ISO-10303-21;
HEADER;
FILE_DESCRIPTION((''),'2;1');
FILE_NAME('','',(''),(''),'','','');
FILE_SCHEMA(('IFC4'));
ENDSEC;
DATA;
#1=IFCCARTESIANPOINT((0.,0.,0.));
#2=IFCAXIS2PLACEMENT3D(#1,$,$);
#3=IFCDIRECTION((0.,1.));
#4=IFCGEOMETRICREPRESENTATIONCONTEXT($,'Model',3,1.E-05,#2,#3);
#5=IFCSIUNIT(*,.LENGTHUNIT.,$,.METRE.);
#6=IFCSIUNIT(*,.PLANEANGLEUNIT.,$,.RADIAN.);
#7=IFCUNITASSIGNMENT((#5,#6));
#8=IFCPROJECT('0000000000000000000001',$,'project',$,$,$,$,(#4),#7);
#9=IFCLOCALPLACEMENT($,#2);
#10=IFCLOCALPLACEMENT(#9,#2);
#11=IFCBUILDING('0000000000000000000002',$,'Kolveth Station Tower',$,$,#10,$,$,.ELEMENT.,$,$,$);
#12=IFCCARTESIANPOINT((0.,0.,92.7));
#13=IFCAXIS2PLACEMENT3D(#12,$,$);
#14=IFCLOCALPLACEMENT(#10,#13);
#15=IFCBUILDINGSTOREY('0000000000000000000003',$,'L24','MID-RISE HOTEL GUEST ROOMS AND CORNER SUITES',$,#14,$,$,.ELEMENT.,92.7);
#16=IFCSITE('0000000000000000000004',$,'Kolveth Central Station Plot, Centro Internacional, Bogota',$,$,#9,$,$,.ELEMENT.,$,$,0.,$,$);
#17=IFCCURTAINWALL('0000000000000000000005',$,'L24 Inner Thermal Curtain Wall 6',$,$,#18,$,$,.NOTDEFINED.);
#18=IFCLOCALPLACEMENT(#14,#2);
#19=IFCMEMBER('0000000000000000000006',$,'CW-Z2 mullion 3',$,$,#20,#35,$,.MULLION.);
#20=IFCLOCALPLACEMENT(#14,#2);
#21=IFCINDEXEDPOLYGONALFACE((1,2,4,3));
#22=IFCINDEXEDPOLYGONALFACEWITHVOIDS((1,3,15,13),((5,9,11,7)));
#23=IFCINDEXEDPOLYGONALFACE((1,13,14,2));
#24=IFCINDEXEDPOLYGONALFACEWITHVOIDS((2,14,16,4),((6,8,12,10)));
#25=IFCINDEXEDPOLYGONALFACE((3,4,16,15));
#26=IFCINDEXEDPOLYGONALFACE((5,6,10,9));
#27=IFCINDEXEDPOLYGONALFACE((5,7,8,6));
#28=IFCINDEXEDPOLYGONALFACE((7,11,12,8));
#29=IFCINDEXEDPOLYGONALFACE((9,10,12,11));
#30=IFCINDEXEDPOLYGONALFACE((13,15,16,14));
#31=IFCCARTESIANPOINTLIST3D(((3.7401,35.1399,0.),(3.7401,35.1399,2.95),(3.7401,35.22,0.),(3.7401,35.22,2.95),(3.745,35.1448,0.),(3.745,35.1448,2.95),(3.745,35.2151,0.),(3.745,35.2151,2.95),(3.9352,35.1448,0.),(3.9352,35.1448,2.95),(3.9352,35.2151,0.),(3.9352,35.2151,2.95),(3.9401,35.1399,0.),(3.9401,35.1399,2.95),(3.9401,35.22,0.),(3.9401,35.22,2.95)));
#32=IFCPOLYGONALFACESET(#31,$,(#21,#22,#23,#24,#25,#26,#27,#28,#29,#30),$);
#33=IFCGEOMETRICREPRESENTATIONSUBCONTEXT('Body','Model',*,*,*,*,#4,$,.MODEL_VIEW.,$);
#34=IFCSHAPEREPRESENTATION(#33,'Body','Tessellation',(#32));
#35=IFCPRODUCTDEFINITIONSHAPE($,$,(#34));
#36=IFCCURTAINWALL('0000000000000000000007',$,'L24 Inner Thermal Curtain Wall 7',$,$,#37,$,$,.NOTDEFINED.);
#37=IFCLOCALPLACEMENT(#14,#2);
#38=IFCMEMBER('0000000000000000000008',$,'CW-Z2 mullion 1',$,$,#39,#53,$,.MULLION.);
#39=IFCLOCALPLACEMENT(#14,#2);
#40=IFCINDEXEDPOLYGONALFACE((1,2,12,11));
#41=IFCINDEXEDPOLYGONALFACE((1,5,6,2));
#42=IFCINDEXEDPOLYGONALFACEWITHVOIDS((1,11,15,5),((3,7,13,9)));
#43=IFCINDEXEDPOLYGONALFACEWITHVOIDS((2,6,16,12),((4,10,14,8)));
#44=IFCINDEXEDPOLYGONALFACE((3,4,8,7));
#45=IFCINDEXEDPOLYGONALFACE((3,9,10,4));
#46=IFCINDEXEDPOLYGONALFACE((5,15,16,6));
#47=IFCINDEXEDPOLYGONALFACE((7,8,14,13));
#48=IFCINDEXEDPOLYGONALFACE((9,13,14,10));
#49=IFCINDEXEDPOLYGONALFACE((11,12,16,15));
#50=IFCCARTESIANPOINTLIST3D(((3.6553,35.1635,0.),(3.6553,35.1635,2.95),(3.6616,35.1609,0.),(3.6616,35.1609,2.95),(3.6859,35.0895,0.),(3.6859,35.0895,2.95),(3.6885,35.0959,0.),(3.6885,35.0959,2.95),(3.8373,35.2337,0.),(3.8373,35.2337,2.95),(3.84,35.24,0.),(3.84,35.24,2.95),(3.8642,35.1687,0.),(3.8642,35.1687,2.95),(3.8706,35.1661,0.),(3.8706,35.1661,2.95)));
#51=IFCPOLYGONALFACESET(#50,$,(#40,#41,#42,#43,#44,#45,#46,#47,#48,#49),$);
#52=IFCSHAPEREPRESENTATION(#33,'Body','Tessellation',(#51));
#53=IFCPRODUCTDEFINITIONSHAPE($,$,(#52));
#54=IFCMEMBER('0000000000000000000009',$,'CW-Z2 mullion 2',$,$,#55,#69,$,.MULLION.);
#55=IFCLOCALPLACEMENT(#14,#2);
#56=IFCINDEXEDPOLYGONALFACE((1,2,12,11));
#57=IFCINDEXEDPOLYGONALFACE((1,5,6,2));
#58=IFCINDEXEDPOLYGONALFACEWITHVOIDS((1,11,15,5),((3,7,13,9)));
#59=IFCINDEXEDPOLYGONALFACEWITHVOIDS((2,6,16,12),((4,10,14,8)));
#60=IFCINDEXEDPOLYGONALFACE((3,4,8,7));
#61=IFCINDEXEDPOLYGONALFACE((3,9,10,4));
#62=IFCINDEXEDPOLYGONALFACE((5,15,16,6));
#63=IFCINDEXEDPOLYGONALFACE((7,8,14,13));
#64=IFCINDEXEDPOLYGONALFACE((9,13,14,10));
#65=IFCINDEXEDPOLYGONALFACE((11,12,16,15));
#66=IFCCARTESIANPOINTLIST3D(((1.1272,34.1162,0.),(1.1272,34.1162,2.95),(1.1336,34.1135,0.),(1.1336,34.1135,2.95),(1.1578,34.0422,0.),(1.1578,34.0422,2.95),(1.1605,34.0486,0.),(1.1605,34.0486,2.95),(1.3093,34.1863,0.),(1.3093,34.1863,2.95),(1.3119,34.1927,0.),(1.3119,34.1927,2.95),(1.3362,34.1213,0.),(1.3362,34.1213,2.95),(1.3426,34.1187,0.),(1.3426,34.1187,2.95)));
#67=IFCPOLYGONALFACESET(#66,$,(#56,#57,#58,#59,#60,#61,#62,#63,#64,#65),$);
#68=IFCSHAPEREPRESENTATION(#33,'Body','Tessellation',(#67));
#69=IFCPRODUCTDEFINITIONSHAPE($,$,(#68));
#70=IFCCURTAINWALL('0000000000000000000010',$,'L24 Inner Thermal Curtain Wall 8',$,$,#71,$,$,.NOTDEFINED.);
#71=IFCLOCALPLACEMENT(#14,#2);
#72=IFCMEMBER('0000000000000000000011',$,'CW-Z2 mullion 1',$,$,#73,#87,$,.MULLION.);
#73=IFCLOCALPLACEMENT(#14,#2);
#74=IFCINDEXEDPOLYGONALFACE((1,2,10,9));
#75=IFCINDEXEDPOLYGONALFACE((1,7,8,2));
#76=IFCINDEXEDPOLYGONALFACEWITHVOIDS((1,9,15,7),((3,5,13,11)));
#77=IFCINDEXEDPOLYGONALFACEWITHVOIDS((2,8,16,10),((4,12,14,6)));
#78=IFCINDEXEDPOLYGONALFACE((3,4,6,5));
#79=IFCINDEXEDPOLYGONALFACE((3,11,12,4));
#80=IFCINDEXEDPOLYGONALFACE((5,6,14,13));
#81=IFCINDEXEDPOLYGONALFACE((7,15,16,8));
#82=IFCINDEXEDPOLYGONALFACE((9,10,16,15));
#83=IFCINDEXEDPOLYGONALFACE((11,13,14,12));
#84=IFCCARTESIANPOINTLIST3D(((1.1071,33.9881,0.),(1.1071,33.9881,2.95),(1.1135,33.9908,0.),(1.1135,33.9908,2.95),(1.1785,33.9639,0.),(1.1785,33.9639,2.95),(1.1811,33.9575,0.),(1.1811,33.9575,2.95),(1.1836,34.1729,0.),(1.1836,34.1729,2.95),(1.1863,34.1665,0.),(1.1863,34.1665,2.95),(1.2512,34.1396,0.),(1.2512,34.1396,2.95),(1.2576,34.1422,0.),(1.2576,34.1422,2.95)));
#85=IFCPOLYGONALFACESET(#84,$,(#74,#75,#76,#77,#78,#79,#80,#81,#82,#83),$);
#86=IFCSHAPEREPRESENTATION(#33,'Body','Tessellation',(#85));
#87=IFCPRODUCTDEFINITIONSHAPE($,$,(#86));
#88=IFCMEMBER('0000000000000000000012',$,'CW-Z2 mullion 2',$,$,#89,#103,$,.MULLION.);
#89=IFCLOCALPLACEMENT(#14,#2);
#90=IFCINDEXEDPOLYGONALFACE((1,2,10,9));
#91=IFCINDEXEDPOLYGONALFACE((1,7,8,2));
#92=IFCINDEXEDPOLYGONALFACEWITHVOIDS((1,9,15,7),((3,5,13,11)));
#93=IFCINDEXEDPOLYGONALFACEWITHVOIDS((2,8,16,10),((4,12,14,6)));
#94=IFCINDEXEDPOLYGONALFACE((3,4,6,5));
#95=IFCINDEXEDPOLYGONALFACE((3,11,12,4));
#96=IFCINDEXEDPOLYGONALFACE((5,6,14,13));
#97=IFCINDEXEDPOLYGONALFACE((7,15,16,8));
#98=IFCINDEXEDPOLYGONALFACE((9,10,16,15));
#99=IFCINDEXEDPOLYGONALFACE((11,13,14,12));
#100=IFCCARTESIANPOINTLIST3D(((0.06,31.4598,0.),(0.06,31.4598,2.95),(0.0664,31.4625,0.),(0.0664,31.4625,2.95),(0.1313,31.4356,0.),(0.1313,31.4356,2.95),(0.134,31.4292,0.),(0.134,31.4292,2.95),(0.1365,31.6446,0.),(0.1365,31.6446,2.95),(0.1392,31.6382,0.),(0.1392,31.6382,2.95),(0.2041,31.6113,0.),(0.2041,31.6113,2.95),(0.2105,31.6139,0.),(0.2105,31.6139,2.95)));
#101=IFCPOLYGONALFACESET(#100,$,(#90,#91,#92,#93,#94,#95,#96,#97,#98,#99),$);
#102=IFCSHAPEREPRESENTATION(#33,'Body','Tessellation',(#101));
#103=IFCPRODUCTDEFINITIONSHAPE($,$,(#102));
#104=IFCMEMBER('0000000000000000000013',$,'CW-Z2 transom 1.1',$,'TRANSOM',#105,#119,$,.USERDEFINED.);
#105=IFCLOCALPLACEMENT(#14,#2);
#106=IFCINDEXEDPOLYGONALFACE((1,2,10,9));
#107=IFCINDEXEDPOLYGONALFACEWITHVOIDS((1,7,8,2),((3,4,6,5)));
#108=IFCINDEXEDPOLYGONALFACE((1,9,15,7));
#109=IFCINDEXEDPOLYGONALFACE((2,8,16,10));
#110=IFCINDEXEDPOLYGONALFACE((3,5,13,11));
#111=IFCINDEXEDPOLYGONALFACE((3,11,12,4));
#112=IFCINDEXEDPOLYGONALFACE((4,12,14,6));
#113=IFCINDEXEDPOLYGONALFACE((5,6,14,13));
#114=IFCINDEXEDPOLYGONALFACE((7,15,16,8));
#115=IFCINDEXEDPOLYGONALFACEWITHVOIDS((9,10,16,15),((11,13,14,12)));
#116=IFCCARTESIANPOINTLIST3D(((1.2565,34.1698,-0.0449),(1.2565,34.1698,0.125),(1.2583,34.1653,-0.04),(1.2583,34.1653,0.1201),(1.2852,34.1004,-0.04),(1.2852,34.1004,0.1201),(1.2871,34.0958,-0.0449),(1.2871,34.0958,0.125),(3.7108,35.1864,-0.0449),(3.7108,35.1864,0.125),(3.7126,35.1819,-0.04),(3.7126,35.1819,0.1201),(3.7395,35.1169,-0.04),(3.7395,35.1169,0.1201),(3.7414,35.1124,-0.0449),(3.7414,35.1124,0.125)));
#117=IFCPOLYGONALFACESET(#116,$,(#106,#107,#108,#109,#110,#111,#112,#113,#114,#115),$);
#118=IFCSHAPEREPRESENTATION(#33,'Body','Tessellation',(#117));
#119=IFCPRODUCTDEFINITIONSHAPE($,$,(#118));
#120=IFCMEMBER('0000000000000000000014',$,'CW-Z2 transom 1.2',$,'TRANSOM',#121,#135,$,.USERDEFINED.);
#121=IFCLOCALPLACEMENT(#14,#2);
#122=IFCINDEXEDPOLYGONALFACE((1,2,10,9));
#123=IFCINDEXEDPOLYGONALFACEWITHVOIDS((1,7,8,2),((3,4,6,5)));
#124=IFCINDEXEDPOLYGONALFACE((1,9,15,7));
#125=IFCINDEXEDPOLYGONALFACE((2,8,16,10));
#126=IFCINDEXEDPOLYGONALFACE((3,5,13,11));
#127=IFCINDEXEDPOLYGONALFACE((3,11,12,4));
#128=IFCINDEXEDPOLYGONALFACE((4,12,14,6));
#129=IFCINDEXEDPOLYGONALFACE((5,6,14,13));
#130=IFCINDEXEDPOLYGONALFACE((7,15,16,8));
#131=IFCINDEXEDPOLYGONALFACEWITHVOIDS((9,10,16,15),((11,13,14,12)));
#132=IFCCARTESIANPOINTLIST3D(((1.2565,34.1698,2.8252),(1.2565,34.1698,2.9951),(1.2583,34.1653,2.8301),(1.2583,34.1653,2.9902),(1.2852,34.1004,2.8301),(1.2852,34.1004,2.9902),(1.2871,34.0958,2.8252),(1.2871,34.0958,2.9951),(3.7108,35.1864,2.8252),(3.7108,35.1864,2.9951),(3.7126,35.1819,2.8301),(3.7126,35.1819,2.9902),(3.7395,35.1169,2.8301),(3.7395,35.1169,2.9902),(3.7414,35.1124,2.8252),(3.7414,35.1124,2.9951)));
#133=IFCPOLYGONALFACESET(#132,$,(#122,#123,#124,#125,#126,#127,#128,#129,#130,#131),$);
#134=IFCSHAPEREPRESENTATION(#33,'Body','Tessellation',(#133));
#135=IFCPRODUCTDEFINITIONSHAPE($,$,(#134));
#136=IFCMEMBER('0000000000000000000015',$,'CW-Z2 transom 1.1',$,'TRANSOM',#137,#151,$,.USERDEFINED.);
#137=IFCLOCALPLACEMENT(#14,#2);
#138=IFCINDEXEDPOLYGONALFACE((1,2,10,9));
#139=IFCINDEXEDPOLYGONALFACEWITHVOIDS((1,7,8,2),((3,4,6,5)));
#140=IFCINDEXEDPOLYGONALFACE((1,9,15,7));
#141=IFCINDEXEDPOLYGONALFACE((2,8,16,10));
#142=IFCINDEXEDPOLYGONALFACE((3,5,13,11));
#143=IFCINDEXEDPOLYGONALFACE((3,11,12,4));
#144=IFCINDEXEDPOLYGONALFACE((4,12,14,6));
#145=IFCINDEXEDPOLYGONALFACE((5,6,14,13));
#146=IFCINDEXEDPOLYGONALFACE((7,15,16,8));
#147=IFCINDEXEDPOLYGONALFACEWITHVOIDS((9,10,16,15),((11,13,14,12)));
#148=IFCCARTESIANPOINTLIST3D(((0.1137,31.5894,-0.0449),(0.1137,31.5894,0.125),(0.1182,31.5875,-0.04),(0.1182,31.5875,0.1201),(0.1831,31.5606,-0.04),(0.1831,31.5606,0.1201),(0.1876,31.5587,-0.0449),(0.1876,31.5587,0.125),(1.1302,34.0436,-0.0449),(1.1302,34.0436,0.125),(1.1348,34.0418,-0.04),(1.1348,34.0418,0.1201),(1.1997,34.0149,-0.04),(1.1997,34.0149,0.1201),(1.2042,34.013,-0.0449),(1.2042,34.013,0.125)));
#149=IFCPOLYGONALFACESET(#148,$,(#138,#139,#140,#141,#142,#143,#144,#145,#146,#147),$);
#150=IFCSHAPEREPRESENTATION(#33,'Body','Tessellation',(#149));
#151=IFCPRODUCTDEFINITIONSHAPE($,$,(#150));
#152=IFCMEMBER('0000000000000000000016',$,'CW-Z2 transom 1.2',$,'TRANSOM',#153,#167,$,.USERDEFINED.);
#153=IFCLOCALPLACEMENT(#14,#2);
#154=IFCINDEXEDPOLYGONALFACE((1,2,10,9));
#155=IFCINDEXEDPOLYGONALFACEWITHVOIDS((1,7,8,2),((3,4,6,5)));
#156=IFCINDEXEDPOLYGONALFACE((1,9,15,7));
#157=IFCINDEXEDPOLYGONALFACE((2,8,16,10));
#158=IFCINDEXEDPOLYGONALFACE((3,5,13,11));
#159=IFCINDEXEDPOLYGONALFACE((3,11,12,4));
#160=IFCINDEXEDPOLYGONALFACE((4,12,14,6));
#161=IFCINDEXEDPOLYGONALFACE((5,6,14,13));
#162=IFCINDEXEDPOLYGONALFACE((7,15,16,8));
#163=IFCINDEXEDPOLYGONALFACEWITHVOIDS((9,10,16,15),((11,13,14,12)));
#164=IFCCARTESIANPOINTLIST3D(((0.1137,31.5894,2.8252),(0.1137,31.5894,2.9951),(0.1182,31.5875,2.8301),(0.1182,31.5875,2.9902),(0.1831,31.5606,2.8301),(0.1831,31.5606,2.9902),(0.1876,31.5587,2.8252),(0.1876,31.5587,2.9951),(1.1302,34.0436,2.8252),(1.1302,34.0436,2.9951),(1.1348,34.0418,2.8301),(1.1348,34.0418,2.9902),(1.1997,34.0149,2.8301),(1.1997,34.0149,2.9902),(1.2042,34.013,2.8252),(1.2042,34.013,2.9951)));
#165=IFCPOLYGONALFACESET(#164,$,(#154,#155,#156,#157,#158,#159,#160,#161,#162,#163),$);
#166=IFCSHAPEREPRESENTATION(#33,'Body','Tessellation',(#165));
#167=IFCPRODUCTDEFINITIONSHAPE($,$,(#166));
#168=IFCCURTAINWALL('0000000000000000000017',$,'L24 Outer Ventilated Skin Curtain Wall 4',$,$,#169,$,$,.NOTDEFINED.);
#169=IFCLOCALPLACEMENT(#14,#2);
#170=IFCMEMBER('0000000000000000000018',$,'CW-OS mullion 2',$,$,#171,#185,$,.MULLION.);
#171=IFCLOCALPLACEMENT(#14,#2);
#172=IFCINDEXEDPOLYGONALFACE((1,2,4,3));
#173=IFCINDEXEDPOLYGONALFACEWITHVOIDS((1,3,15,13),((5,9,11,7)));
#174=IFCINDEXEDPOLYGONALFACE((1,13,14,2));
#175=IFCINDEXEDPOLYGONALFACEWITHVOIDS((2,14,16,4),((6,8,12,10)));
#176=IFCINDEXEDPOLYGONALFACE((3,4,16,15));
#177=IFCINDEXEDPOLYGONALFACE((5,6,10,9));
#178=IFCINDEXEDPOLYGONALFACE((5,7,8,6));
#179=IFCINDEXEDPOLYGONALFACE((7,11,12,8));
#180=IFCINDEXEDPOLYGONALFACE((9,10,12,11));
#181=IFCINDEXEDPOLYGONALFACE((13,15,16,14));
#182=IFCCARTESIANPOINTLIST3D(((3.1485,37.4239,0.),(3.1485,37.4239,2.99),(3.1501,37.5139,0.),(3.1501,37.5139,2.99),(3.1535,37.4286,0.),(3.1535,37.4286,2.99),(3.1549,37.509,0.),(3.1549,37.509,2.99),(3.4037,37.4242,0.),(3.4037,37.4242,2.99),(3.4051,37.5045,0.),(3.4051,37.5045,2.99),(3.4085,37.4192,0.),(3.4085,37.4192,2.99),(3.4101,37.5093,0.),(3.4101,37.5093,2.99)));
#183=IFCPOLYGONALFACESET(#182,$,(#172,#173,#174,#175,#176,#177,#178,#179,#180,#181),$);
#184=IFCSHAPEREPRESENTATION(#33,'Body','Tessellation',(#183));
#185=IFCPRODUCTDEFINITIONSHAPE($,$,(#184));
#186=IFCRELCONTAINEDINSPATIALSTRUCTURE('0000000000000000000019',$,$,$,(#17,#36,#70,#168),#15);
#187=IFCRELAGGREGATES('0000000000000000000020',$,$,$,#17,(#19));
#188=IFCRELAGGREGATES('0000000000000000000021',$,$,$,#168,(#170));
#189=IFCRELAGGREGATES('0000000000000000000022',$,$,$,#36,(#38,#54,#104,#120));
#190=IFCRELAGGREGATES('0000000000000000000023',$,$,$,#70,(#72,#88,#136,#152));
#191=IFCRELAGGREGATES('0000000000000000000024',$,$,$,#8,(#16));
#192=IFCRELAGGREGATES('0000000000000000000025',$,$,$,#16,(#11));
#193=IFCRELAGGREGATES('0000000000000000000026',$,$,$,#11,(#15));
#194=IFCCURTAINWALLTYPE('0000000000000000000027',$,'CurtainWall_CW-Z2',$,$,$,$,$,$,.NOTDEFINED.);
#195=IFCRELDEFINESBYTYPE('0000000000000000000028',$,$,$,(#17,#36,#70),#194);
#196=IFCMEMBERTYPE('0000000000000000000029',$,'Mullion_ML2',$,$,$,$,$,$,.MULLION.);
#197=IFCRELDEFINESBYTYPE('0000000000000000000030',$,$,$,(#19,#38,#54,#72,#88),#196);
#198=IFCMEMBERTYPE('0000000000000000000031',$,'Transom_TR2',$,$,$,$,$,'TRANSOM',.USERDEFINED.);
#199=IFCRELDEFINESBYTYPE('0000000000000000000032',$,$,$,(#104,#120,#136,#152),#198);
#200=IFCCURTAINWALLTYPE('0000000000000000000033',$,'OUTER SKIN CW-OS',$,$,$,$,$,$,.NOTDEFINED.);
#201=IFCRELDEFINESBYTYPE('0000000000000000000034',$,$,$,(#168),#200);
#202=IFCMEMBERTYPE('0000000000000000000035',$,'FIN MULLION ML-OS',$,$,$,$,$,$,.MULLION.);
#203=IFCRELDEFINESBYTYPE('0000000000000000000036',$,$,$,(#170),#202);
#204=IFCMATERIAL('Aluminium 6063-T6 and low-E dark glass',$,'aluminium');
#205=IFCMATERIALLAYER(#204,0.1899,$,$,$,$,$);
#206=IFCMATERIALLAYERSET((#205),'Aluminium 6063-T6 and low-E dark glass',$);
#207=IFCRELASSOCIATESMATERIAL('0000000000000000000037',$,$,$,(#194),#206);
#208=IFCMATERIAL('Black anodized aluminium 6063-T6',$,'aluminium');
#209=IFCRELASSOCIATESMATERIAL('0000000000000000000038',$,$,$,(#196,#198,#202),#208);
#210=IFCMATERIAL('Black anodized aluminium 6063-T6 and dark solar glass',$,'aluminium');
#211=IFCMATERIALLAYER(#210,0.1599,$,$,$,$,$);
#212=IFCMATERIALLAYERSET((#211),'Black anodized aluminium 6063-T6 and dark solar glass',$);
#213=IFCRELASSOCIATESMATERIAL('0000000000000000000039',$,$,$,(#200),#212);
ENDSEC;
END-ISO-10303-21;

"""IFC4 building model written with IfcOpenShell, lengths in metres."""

from ifc_helpers import new_model, si_unit, direction, frame, origin, origin_2d, place, context, subcontext, project, spatial, hollow_rectangle, extrude, source, transform, mapped, material, layer, layer_set, material_profile, profile_set, type_object, element, aggregate, save


model = new_model("IFC4")

# Units and contexts
model_context = context("Model", 3, precision=1e-05, world=origin(), true_north=direction((0.0, 1.0)))
body_context = subcontext(model_context, "Body", "Model", "MODEL_VIEW")
ifc_project = project(units=[si_unit("LENGTHUNIT", "METRE"), si_unit("PLANEANGLEUNIT", "RADIAN")], contexts=[model_context])

# Site, building, storey
site_placement = place(None, origin())
site = spatial("IfcSite", under=ifc_project, at=site_placement, Name="Kolveth Central Station Plot, Centro Internacional, Bogota", CompositionType="ELEMENT", RefElevation=0.0)
building_placement = place(site_placement, origin())
building = spatial("IfcBuilding", under=site, at=building_placement, Name="Kolveth Station Tower", CompositionType="ELEMENT")
storey_placement = place(building_placement, frame((0.0, 0.0, 92.7)))
storey = spatial("IfcBuildingStorey", under=building, at=storey_placement, Name="L24", Description="MID-RISE HOTEL GUEST ROOMS AND CORNER SUITES", CompositionType="ELEMENT", Elevation=92.7)

# Curtain wall, member
ifc_material_1 = material(Name="Aluminium 6063-T6 and low-E dark glass", Category="aluminium")
ifc_layer_1 = layer(ifc_material_1, 0.1899)
ifc_layer_set_1 = layer_set([ifc_layer_1], Name="Aluminium 6063-T6 and low-E dark glass")
curtain_wall_type_1 = type_object("IfcCurtainWallType", Name="CurtainWall_CW-Z2", PredefinedType="NOTDEFINED", material=ifc_layer_set_1)
curtain_wall_1_placement = place(storey_placement, origin())
curtain_wall_1 = element("IfcCurtainWall", 1, at=curtain_wall_1_placement, inside=storey, type_object=curtain_wall_type_1, Name="L24 Inner Thermal Curtain Wall 6", PredefinedType="NOTDEFINED")
ifc_material_2 = material(Name="Black anodized aluminium 6063-T6", Category="aluminium")
ifc_material_profile_1 = material_profile(ifc_material_2, hollow_rectangle(XDim=0.0801, YDim=0.2, WallThickness=0.0049, at=origin_2d()), Name="ALU-80x200x5")
ifc_profile_set_1 = profile_set([ifc_material_profile_1], Name="Black anodized aluminium 6063-T6")
member_type_1 = type_object("IfcMemberType", Name="Mullion_ML2", PredefinedType="MULLION", material=ifc_profile_set_1)
shared_shape_1 = source(origin(), body_context, "Body", "SweptSolid", [
    extrude(hollow_rectangle(XDim=0.0801, YDim=0.2, WallThickness=0.0049, at=origin_2d()), origin(), (0.0, 0.0, 1.0), 2.95),
])
member_1_placement = place(storey_placement, frame((3.8401, 35.1799, 0.0), z_axis=(0.0, 0.0, 1.0), x_axis=(0.0, -1.0, 0.0)))
member_1 = element("IfcMember", 2, at=member_1_placement, type_object=member_type_1, Name="CW-Z2 mullion 3", PredefinedType="MULLION", context=body_context, shape_type="MappedRepresentation", body=[
    mapped(shared_shape_1, transform((0.0, 0.0, 0.0), x_axis=(1.0, 0.0, 0.0), y_axis=(0.0, 1.0, 0.0), z_axis=(0.0, 0.0, 1.0), scale=1.0)),
])
aggregate(curtain_wall_1, [member_1])

# Curtain walls, members
curtain_wall_2_placement = place(storey_placement, origin())
curtain_wall_2 = element("IfcCurtainWall", 3, at=curtain_wall_2_placement, inside=storey, type_object=curtain_wall_type_1, Name="L24 Inner Thermal Curtain Wall 7", PredefinedType="NOTDEFINED")
member_2_placement = place(storey_placement, frame((3.7629, 35.1648, 0.0), z_axis=(0.0, 0.0, 1.0), x_axis=(0.382663, -0.923888, 0.0)))
member_2 = element("IfcMember", 4, at=member_2_placement, type_object=member_type_1, Name="CW-Z2 mullion 1", PredefinedType="MULLION", context=body_context, shape_type="MappedRepresentation", body=[
    mapped(shared_shape_1, transform((0.0, 0.0, 0.0), x_axis=(1.0, 0.0, 0.0), y_axis=(0.0, 1.0, 0.0), z_axis=(0.0, 0.0, 1.0), scale=1.0)),
])
member_3_placement = place(storey_placement, frame((1.2349, 34.1174, 0.0), z_axis=(0.0, 0.0, 1.0), x_axis=(0.382663, -0.923888, 0.0)))
member_3 = element("IfcMember", 5, at=member_3_placement, type_object=member_type_1, Name="CW-Z2 mullion 2", PredefinedType="MULLION", context=body_context, shape_type="MappedRepresentation", body=[
    mapped(shared_shape_1, transform((0.0, 0.0, 0.0), x_axis=(1.0, 0.0, 0.0), y_axis=(0.0, 1.0, 0.0), z_axis=(0.0, 0.0, 1.0), scale=1.0)),
])
curtain_wall_3_placement = place(storey_placement, origin())
curtain_wall_3 = element("IfcCurtainWall", 6, at=curtain_wall_3_placement, inside=storey, type_object=curtain_wall_type_1, Name="L24 Inner Thermal Curtain Wall 8", PredefinedType="NOTDEFINED")
member_4_placement = place(storey_placement, frame((1.1824, 34.0652, 0.0), z_axis=(0.0, 0.0, 1.0), x_axis=(0.923888, -0.382663, 0.0)))
member_4 = element("IfcMember", 7, at=member_4_placement, type_object=member_type_1, Name="CW-Z2 mullion 1", PredefinedType="MULLION", context=body_context, shape_type="MappedRepresentation", body=[
    mapped(shared_shape_1, transform((0.0, 0.0, 0.0), x_axis=(1.0, 0.0, 0.0), y_axis=(0.0, 1.0, 0.0), z_axis=(0.0, 0.0, 1.0), scale=1.0)),
])
member_5_placement = place(storey_placement, frame((0.1353, 31.5369, 0.0), z_axis=(0.0, 0.0, 1.0), x_axis=(0.923888, -0.382663, 0.0)))
member_5 = element("IfcMember", 8, at=member_5_placement, type_object=member_type_1, Name="CW-Z2 mullion 2", PredefinedType="MULLION", context=body_context, shape_type="MappedRepresentation", body=[
    mapped(shared_shape_1, transform((0.0, 0.0, 0.0), x_axis=(1.0, 0.0, 0.0), y_axis=(0.0, 1.0, 0.0), z_axis=(0.0, 0.0, 1.0), scale=1.0)),
])

# Members
ifc_material_profile_2 = material_profile(ifc_material_2, hollow_rectangle(XDim=0.0801, YDim=0.1699, WallThickness=0.0049, at=origin_2d()), Name="ALU-80x170x5")
ifc_profile_set_2 = profile_set([ifc_material_profile_2], Name="Black anodized aluminium 6063-T6")
member_type_2 = type_object("IfcMemberType", Name="Transom_TR2", ElementType="TRANSOM", PredefinedType="USERDEFINED", material=ifc_profile_set_2)
shared_shape_2 = source(origin(), body_context, "Body", "SweptSolid", [
    extrude(hollow_rectangle(XDim=0.0801, YDim=0.1699, WallThickness=0.0049, at=origin_2d()), origin(), (0.0, 0.0, 1.0), 2.6565),
])
member_6_placement = place(storey_placement, frame((3.7261, 35.1494, 0.04), z_axis=(-0.923882, -0.382676, 0.0), x_axis=(0.382676, -0.923882, 0.0)))
member_6 = element("IfcMember", 9, at=member_6_placement, type_object=member_type_2, Name="CW-Z2 transom 1.1", ObjectType="TRANSOM", PredefinedType="USERDEFINED", context=body_context, shape_type="MappedRepresentation", body=[
    mapped(shared_shape_2, transform((0.0, 0.0, 0.0), x_axis=(1.0, 0.0, 0.0), y_axis=(0.0, 1.0, 0.0), z_axis=(0.0, 0.0, 1.0), scale=1.0)),
])
member_7_placement = place(storey_placement, frame((3.7261, 35.1494, 2.9102), z_axis=(-0.923882, -0.382676, 0.0), x_axis=(0.382676, -0.923882, 0.0)))
member_7 = element("IfcMember", 10, at=member_7_placement, type_object=member_type_2, Name="CW-Z2 transom 1.2", ObjectType="TRANSOM", PredefinedType="USERDEFINED", context=body_context, shape_type="MappedRepresentation", body=[
    mapped(shared_shape_2, transform((0.0, 0.0, 0.0), x_axis=(1.0, 0.0, 0.0), y_axis=(0.0, 1.0, 0.0), z_axis=(0.0, 0.0, 1.0), scale=1.0)),
])
member_8_placement = place(storey_placement, frame((1.1672, 34.0283, 0.04), z_axis=(-0.382676, -0.923882, 0.0), x_axis=(0.923882, -0.382676, 0.0)))
member_8 = element("IfcMember", 11, at=member_8_placement, type_object=member_type_2, Name="CW-Z2 transom 1.1", ObjectType="TRANSOM", PredefinedType="USERDEFINED", context=body_context, shape_type="MappedRepresentation", body=[
    mapped(shared_shape_2, transform((0.0, 0.0, 0.0), x_axis=(1.0, 0.0, 0.0), y_axis=(0.0, 1.0, 0.0), z_axis=(0.0, 0.0, 1.0), scale=1.0)),
])
member_9_placement = place(storey_placement, frame((1.1672, 34.0283, 2.9102), z_axis=(-0.382676, -0.923882, 0.0), x_axis=(0.923882, -0.382676, 0.0)))
member_9 = element("IfcMember", 12, at=member_9_placement, type_object=member_type_2, Name="CW-Z2 transom 1.2", ObjectType="TRANSOM", PredefinedType="USERDEFINED", context=body_context, shape_type="MappedRepresentation", body=[
    mapped(shared_shape_2, transform((0.0, 0.0, 0.0), x_axis=(1.0, 0.0, 0.0), y_axis=(0.0, 1.0, 0.0), z_axis=(0.0, 0.0, 1.0), scale=1.0)),
])

# Curtain wall, member
ifc_material_3 = material(Name="Black anodized aluminium 6063-T6 and dark solar glass", Category="aluminium")
ifc_layer_2 = layer(ifc_material_3, 0.1599)
ifc_layer_set_2 = layer_set([ifc_layer_2], Name="Black anodized aluminium 6063-T6 and dark solar glass")
curtain_wall_type_2 = type_object("IfcCurtainWallType", Name="OUTER SKIN CW-OS", PredefinedType="NOTDEFINED", material=ifc_layer_set_2)
curtain_wall_4_placement = place(storey_placement, origin())
curtain_wall_4 = element("IfcCurtainWall", 13, at=curtain_wall_4_placement, inside=storey, type_object=curtain_wall_type_2, Name="L24 Outer Ventilated Skin Curtain Wall 4", PredefinedType="NOTDEFINED")
ifc_material_profile_3 = material_profile(ifc_material_2, hollow_rectangle(XDim=0.0901, YDim=0.26, WallThickness=0.0049, at=origin_2d()), Name="ALU-90x260x5")
ifc_profile_set_3 = profile_set([ifc_material_profile_3], Name="Black anodized aluminium 6063-T6")
member_type_3 = type_object("IfcMemberType", Name="FIN MULLION ML-OS", PredefinedType="MULLION", material=ifc_profile_set_3)
shared_shape_3 = source(origin(), body_context, "Body", "SweptSolid", [
    extrude(hollow_rectangle(XDim=0.0901, YDim=0.26, WallThickness=0.0049, at=origin_2d()), origin(), (0.0, 0.0, 1.0), 2.99),
])
member_10_placement = place(storey_placement, frame((3.2793, 37.4666, 0.0), z_axis=(0.0, 0.0, 1.0), x_axis=(-0.017958, -0.999839, 0.0)))
member_10 = element("IfcMember", 14, at=member_10_placement, type_object=member_type_3, Name="CW-OS mullion 2", PredefinedType="MULLION", context=body_context, shape_type="MappedRepresentation", body=[
    mapped(shared_shape_3, transform((0.0, 0.0, 0.0), x_axis=(1.0, 0.0, 0.0), y_axis=(0.0, 1.0, 0.0), z_axis=(0.0, 0.0, 1.0), scale=1.0)),
])
aggregate(curtain_wall_4, [member_10])

aggregate(curtain_wall_2, [member_2, member_3, member_6, member_7])
aggregate(curtain_wall_3, [member_4, member_5, member_8, member_9])

save(model, "model.ifc")
